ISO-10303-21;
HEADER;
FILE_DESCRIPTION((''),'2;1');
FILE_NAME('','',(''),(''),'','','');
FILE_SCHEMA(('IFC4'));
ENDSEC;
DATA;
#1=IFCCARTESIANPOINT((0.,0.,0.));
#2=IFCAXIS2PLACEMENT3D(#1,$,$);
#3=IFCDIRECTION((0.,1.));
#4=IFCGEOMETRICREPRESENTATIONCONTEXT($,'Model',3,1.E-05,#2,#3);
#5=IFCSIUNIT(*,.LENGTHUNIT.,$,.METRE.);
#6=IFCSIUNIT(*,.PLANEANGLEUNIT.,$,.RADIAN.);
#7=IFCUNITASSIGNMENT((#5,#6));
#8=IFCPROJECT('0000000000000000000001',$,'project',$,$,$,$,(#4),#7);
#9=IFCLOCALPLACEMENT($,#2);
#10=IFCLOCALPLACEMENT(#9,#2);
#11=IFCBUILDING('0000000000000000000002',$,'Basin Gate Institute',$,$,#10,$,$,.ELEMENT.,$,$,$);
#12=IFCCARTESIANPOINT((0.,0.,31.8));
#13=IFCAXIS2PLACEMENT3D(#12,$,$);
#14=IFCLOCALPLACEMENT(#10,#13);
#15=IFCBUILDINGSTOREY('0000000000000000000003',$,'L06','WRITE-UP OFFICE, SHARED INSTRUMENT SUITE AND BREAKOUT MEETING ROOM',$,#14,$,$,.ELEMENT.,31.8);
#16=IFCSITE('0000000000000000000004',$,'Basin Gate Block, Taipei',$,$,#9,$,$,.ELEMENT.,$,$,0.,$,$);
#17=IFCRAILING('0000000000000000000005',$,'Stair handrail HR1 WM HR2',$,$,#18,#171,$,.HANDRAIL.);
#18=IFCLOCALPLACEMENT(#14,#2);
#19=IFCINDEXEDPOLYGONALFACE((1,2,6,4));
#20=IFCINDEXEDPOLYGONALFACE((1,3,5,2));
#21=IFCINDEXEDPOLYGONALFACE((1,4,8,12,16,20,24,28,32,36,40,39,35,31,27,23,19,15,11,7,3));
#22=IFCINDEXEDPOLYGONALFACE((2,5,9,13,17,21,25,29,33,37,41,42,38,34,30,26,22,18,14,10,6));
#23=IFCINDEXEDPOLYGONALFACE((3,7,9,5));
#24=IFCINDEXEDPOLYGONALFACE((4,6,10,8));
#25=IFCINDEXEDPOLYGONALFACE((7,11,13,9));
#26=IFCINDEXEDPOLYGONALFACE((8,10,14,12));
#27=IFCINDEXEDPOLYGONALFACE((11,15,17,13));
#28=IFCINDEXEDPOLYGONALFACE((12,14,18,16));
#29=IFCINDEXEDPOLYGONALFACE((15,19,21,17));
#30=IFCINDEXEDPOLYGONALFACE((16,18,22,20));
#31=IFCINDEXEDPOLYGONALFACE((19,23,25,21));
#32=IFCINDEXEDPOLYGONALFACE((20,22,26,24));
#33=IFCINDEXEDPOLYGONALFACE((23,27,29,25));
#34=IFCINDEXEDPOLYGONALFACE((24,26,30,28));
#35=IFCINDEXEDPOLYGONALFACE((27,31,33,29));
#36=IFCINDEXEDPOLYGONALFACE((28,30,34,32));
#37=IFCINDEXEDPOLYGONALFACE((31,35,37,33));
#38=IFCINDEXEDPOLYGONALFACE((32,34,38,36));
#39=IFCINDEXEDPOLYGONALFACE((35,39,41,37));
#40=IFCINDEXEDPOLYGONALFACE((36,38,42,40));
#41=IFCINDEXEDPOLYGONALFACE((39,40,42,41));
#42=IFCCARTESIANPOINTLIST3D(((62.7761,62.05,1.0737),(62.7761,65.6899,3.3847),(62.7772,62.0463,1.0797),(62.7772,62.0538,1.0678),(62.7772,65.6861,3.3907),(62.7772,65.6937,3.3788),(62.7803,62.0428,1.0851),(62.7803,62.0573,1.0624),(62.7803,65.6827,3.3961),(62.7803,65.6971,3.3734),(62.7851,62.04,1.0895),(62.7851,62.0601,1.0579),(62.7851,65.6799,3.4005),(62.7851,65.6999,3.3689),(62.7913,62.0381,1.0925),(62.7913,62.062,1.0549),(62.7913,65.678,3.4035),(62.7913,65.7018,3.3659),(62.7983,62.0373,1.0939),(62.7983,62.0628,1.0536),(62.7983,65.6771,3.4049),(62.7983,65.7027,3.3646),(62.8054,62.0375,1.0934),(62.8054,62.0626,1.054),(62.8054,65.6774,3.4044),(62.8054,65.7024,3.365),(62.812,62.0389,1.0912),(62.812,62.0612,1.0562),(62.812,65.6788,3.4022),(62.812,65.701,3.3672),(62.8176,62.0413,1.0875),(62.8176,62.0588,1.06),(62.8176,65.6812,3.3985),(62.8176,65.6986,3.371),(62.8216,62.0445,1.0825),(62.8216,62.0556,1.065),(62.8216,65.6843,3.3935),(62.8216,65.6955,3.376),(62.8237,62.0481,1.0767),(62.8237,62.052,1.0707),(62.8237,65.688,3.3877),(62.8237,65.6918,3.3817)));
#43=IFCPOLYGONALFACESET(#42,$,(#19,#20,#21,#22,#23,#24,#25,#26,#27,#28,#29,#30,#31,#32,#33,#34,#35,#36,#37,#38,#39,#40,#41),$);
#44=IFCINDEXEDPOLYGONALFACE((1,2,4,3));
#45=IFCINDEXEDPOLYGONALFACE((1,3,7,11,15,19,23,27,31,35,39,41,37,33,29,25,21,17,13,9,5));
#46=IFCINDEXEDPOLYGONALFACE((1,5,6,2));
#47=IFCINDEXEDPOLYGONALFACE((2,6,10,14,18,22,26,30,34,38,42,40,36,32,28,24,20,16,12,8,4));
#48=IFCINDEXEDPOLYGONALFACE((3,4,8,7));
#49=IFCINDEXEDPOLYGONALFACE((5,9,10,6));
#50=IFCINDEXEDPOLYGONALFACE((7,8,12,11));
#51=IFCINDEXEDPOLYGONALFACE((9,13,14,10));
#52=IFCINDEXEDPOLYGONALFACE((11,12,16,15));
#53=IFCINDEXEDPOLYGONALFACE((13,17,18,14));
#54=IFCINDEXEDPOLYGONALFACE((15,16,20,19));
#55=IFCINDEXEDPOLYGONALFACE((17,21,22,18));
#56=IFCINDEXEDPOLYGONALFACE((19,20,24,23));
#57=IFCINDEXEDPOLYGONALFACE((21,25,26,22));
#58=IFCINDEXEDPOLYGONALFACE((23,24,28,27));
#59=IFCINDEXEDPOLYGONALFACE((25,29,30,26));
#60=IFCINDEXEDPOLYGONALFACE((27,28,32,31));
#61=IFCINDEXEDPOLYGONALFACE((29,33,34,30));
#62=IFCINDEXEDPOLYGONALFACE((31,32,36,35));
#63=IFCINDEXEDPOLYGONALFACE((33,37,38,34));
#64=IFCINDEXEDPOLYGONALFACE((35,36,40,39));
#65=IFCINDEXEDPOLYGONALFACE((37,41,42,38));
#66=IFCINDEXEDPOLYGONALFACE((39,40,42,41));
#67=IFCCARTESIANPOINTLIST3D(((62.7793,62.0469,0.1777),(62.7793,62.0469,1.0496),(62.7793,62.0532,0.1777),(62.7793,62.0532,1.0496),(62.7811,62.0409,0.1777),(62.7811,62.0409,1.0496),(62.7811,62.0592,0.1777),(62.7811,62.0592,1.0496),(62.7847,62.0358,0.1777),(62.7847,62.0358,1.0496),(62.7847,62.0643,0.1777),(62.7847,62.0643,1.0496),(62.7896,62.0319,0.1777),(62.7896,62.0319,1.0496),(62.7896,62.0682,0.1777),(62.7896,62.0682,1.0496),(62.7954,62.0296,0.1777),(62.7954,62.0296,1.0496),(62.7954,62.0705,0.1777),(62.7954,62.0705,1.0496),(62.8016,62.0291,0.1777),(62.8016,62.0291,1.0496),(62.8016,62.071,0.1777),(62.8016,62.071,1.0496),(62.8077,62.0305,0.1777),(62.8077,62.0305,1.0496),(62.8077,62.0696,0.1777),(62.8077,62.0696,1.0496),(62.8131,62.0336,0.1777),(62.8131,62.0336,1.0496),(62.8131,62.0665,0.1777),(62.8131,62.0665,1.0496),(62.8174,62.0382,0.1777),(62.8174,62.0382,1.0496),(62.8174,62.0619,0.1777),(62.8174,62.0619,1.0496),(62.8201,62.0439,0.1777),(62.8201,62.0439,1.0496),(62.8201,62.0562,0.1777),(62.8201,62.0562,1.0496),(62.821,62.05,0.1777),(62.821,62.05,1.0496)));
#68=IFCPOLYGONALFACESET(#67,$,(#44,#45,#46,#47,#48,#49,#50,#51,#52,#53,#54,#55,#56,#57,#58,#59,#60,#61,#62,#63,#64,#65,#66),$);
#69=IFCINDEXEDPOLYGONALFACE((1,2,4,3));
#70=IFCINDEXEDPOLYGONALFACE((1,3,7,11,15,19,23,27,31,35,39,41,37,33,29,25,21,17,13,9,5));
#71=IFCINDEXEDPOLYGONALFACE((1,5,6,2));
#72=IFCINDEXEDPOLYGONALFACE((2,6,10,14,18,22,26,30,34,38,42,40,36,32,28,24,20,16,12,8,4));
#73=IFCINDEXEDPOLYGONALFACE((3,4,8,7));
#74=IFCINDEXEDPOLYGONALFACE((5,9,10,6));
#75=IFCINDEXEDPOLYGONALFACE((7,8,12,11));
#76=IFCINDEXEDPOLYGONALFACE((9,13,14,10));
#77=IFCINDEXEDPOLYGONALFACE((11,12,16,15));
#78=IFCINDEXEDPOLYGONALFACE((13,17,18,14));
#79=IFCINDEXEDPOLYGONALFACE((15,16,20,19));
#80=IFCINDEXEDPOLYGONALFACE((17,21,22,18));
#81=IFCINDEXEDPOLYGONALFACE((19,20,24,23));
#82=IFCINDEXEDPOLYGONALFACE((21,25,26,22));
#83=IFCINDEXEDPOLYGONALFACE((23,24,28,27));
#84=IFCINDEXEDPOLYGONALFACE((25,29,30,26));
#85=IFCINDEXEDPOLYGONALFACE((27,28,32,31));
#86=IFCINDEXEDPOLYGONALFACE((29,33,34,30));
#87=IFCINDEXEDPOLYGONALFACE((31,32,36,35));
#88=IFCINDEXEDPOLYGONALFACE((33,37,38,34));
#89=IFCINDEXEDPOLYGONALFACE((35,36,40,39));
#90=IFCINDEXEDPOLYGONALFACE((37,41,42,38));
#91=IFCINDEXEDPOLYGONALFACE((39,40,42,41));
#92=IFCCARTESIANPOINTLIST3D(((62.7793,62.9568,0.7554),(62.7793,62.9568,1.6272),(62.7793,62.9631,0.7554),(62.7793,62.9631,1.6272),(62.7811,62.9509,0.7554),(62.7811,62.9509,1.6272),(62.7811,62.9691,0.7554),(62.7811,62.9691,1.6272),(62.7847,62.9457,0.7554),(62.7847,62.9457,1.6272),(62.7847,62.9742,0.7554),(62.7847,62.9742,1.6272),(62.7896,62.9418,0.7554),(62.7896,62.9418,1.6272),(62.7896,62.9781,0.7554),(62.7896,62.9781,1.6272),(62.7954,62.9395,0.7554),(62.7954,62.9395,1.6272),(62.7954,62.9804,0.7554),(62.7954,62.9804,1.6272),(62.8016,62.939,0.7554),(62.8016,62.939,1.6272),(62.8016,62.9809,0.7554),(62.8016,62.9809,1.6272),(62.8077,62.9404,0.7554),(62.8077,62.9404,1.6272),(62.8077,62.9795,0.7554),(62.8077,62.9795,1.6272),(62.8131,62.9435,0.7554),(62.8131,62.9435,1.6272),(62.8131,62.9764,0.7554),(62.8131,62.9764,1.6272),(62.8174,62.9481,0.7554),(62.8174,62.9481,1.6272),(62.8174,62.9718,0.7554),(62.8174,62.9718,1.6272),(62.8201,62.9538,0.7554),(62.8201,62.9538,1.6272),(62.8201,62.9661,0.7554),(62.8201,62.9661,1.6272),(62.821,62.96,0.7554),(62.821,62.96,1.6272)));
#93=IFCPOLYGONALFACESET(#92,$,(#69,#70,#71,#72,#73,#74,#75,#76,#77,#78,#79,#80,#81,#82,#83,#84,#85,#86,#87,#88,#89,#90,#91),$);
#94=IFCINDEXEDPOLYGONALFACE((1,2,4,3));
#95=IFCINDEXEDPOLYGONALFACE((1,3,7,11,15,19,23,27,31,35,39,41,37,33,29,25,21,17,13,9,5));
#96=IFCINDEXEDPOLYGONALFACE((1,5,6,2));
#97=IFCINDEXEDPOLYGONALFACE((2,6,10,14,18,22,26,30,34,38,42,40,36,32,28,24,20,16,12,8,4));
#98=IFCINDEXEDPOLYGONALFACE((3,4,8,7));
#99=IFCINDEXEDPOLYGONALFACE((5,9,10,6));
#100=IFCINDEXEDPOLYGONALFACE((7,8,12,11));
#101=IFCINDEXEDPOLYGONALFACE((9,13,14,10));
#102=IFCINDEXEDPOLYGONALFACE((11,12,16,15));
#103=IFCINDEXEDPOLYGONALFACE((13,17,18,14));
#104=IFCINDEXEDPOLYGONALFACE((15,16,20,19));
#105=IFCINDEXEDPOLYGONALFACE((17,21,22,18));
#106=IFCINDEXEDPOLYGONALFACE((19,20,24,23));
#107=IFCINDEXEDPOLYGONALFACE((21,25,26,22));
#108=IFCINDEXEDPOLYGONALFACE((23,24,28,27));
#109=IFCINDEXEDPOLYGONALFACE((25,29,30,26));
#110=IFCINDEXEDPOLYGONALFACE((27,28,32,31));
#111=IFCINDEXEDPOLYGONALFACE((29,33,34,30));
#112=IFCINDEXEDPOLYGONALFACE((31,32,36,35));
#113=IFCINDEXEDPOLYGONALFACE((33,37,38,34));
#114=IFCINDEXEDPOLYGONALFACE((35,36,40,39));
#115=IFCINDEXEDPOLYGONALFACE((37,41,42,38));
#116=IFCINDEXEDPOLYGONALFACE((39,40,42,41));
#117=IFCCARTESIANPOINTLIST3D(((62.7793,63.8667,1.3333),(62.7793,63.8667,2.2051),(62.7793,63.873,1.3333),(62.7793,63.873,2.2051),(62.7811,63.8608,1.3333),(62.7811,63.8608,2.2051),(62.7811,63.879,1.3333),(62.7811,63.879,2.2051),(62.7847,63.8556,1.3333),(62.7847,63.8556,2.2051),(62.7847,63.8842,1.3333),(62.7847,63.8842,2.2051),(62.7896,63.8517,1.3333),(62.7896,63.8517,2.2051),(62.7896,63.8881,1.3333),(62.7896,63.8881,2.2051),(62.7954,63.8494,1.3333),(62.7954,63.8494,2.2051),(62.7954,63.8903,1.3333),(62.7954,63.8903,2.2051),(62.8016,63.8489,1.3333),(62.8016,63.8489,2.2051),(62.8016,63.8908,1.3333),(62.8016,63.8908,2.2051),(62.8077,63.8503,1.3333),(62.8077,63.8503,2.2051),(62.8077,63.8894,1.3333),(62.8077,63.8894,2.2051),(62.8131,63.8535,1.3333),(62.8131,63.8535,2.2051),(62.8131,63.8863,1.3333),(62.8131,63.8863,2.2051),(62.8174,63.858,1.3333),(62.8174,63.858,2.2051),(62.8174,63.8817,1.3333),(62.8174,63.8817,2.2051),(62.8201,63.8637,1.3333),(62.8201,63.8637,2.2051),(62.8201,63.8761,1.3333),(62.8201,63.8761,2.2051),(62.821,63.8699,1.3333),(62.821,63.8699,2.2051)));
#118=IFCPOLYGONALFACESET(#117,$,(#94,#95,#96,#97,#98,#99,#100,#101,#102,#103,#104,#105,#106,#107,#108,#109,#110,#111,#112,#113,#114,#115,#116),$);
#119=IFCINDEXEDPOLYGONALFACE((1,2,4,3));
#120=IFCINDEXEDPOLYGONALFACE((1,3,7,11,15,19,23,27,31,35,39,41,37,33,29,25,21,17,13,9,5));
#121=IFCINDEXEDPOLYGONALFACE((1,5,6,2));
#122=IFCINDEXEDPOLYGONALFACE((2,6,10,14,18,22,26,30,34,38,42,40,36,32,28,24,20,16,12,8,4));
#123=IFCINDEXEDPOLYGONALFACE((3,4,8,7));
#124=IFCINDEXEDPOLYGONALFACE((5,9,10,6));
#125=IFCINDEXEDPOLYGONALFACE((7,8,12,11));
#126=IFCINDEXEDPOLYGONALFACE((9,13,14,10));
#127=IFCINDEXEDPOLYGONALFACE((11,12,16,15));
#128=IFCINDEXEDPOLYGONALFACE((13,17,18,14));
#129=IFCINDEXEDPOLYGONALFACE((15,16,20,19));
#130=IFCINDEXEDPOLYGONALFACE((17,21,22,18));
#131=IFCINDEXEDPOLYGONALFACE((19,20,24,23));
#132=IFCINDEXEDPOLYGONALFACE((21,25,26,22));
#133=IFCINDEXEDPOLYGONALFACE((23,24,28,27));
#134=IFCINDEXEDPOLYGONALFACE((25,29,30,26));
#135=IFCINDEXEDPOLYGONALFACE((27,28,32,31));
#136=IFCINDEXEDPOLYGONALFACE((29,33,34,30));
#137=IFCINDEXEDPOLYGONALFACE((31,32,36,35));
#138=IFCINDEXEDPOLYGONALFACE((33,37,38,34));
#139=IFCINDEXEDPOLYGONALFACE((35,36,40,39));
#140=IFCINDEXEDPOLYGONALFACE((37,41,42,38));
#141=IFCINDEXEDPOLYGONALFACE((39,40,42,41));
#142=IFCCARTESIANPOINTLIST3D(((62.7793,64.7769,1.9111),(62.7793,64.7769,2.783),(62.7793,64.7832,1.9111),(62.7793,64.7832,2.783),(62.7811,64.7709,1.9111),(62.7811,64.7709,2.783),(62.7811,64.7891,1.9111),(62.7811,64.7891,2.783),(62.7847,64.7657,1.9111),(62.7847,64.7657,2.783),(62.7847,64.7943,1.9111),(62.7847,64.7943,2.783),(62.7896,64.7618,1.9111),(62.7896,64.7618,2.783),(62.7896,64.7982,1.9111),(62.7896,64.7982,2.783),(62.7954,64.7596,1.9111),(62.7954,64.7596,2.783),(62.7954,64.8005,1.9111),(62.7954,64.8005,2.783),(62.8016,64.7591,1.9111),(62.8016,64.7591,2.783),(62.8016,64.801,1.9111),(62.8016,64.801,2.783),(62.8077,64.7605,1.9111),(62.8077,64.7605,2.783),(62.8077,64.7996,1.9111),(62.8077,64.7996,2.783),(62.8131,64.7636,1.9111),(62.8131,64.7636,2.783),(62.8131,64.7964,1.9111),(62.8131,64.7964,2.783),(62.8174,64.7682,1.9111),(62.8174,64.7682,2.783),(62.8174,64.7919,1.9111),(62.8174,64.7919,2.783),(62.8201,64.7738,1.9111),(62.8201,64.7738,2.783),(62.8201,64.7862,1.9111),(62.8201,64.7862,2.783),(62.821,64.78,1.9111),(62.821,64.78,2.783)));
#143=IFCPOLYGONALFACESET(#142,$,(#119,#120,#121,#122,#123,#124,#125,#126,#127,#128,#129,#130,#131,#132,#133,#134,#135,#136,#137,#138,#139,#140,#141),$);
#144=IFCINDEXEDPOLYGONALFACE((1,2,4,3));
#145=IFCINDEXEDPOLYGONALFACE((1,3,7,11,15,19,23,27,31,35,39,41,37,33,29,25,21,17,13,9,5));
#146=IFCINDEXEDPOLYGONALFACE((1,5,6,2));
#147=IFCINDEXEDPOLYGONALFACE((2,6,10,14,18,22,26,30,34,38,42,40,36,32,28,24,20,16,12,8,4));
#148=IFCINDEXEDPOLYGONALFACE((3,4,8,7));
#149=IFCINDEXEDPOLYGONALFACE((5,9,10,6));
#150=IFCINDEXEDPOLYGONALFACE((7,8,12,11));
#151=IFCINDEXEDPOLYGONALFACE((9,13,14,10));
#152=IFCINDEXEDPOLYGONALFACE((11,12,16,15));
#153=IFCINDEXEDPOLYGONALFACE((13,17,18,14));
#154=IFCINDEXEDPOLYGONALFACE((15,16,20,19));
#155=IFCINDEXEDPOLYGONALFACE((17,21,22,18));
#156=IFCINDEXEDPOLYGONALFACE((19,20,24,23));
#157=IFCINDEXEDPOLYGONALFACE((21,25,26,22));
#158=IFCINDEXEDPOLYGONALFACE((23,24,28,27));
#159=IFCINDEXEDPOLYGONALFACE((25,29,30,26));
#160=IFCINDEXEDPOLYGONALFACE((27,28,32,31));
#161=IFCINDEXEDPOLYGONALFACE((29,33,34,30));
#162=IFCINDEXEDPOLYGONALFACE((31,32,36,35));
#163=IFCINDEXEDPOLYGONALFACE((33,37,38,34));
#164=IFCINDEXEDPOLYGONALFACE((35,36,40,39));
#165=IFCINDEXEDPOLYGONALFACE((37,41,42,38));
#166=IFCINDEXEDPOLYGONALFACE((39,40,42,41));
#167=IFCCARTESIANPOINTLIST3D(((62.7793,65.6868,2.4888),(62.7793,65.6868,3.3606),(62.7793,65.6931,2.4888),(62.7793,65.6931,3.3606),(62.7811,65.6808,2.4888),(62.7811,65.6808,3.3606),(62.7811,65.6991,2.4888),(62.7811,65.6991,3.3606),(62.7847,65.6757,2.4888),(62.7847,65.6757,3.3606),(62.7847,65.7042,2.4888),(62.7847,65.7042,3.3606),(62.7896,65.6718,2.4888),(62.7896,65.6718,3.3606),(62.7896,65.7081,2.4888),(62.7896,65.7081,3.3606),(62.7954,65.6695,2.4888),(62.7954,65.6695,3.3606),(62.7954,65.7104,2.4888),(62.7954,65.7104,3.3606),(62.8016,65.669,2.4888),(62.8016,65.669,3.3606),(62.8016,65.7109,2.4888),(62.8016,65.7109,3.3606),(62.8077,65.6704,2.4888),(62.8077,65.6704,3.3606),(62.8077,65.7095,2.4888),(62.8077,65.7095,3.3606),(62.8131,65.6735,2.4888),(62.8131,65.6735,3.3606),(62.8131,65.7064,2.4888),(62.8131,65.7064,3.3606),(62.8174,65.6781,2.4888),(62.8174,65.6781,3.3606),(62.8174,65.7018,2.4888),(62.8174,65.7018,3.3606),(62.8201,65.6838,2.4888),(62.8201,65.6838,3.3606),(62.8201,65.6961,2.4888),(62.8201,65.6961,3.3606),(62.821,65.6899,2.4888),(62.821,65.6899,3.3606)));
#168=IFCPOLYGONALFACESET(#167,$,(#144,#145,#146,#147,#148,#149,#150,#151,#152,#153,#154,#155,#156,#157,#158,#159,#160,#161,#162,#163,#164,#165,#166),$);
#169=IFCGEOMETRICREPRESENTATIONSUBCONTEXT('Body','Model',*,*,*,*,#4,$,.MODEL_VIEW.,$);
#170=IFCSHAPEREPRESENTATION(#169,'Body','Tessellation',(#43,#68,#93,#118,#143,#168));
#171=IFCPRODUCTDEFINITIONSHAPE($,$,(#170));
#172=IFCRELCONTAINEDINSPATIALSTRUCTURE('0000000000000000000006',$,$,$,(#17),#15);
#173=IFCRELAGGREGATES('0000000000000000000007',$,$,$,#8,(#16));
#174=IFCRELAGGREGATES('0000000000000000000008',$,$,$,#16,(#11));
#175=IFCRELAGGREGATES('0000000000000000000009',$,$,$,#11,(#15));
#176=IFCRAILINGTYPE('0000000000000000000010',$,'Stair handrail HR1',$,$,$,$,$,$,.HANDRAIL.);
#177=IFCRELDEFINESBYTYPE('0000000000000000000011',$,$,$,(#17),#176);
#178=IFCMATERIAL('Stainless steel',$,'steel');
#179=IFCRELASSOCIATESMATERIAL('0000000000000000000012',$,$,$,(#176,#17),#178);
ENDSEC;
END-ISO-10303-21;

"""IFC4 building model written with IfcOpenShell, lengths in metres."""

from ifc_helpers import new_model, si_unit, direction, frame, origin, origin_2d, place, context, subcontext, project, spatial, circle, extrude, material, type_object, element, save


model = new_model("IFC4")

# Units and contexts
model_context = context("Model", 3, precision=1e-05, world=origin(), true_north=direction((0.0, 1.0)))
body_context = subcontext(model_context, "Body", "Model", "MODEL_VIEW")
ifc_project = project(units=[si_unit("LENGTHUNIT", "METRE"), si_unit("PLANEANGLEUNIT", "RADIAN")], contexts=[model_context])

# Site, building, storey
site_placement = place(None, origin())
site = spatial("IfcSite", under=ifc_project, at=site_placement, Name="Basin Gate Block, Taipei", CompositionType="ELEMENT", RefElevation=0.0)
building_placement = place(site_placement, origin())
building = spatial("IfcBuilding", under=site, at=building_placement, Name="Basin Gate Institute", CompositionType="ELEMENT")
storey_placement = place(building_placement, frame((0.0, 0.0, 31.8)))
storey = spatial("IfcBuildingStorey", under=building, at=storey_placement, Name="L06", Description="WRITE-UP OFFICE, SHARED INSTRUMENT SUITE AND BREAKOUT MEETING ROOM", CompositionType="ELEMENT", Elevation=31.8)

# Railing
ifc_material_1 = material(Name="Stainless steel", Category="steel")
railing_type_1 = type_object("IfcRailingType", Name="Stair handrail HR1", PredefinedType="HANDRAIL", material=ifc_material_1)
for number, where, name in (
    (1, (62.8, 62.05, 0.1777), "Stair handrail HR1 WM HR2"),
):
    element("IfcRailing", number, at=place(storey_placement, frame(where)), inside=storey, type_object=railing_type_1, material=ifc_material_1, Name=name, PredefinedType="HANDRAIL", context=body_context, shape_type="SweptSolid", body=[
        extrude(circle(Radius=0.0239, at=origin_2d()), frame((0.0, 0.0, 0.896), z_axis=(0.0, 0.844214, 0.536007), x_axis=(-1.0, 0.0, 0.0)), (0.0, 0.0, 1.0), 4.3115),
        extrude(circle(Radius=0.021, at=origin_2d()), origin(), (0.0, 0.0, 1.0), 0.8718),
        extrude(circle(Radius=0.021, at=origin_2d()), frame((0.0, 0.9099, 0.5776)), (0.0, 0.0, 1.0), 0.8718),
        extrude(circle(Radius=0.021, at=origin_2d()), frame((0.0, 1.8198, 1.1555)), (0.0, 0.0, 1.0), 0.8718),
        extrude(circle(Radius=0.021, at=origin_2d()), frame((0.0, 2.73, 1.7334)), (0.0, 0.0, 1.0), 0.8718),
        extrude(circle(Radius=0.021, at=origin_2d()), frame((0.0, 3.6399, 2.311)), (0.0, 0.0, 1.0), 0.8718),
    ])

save(model, "model.ifc")
